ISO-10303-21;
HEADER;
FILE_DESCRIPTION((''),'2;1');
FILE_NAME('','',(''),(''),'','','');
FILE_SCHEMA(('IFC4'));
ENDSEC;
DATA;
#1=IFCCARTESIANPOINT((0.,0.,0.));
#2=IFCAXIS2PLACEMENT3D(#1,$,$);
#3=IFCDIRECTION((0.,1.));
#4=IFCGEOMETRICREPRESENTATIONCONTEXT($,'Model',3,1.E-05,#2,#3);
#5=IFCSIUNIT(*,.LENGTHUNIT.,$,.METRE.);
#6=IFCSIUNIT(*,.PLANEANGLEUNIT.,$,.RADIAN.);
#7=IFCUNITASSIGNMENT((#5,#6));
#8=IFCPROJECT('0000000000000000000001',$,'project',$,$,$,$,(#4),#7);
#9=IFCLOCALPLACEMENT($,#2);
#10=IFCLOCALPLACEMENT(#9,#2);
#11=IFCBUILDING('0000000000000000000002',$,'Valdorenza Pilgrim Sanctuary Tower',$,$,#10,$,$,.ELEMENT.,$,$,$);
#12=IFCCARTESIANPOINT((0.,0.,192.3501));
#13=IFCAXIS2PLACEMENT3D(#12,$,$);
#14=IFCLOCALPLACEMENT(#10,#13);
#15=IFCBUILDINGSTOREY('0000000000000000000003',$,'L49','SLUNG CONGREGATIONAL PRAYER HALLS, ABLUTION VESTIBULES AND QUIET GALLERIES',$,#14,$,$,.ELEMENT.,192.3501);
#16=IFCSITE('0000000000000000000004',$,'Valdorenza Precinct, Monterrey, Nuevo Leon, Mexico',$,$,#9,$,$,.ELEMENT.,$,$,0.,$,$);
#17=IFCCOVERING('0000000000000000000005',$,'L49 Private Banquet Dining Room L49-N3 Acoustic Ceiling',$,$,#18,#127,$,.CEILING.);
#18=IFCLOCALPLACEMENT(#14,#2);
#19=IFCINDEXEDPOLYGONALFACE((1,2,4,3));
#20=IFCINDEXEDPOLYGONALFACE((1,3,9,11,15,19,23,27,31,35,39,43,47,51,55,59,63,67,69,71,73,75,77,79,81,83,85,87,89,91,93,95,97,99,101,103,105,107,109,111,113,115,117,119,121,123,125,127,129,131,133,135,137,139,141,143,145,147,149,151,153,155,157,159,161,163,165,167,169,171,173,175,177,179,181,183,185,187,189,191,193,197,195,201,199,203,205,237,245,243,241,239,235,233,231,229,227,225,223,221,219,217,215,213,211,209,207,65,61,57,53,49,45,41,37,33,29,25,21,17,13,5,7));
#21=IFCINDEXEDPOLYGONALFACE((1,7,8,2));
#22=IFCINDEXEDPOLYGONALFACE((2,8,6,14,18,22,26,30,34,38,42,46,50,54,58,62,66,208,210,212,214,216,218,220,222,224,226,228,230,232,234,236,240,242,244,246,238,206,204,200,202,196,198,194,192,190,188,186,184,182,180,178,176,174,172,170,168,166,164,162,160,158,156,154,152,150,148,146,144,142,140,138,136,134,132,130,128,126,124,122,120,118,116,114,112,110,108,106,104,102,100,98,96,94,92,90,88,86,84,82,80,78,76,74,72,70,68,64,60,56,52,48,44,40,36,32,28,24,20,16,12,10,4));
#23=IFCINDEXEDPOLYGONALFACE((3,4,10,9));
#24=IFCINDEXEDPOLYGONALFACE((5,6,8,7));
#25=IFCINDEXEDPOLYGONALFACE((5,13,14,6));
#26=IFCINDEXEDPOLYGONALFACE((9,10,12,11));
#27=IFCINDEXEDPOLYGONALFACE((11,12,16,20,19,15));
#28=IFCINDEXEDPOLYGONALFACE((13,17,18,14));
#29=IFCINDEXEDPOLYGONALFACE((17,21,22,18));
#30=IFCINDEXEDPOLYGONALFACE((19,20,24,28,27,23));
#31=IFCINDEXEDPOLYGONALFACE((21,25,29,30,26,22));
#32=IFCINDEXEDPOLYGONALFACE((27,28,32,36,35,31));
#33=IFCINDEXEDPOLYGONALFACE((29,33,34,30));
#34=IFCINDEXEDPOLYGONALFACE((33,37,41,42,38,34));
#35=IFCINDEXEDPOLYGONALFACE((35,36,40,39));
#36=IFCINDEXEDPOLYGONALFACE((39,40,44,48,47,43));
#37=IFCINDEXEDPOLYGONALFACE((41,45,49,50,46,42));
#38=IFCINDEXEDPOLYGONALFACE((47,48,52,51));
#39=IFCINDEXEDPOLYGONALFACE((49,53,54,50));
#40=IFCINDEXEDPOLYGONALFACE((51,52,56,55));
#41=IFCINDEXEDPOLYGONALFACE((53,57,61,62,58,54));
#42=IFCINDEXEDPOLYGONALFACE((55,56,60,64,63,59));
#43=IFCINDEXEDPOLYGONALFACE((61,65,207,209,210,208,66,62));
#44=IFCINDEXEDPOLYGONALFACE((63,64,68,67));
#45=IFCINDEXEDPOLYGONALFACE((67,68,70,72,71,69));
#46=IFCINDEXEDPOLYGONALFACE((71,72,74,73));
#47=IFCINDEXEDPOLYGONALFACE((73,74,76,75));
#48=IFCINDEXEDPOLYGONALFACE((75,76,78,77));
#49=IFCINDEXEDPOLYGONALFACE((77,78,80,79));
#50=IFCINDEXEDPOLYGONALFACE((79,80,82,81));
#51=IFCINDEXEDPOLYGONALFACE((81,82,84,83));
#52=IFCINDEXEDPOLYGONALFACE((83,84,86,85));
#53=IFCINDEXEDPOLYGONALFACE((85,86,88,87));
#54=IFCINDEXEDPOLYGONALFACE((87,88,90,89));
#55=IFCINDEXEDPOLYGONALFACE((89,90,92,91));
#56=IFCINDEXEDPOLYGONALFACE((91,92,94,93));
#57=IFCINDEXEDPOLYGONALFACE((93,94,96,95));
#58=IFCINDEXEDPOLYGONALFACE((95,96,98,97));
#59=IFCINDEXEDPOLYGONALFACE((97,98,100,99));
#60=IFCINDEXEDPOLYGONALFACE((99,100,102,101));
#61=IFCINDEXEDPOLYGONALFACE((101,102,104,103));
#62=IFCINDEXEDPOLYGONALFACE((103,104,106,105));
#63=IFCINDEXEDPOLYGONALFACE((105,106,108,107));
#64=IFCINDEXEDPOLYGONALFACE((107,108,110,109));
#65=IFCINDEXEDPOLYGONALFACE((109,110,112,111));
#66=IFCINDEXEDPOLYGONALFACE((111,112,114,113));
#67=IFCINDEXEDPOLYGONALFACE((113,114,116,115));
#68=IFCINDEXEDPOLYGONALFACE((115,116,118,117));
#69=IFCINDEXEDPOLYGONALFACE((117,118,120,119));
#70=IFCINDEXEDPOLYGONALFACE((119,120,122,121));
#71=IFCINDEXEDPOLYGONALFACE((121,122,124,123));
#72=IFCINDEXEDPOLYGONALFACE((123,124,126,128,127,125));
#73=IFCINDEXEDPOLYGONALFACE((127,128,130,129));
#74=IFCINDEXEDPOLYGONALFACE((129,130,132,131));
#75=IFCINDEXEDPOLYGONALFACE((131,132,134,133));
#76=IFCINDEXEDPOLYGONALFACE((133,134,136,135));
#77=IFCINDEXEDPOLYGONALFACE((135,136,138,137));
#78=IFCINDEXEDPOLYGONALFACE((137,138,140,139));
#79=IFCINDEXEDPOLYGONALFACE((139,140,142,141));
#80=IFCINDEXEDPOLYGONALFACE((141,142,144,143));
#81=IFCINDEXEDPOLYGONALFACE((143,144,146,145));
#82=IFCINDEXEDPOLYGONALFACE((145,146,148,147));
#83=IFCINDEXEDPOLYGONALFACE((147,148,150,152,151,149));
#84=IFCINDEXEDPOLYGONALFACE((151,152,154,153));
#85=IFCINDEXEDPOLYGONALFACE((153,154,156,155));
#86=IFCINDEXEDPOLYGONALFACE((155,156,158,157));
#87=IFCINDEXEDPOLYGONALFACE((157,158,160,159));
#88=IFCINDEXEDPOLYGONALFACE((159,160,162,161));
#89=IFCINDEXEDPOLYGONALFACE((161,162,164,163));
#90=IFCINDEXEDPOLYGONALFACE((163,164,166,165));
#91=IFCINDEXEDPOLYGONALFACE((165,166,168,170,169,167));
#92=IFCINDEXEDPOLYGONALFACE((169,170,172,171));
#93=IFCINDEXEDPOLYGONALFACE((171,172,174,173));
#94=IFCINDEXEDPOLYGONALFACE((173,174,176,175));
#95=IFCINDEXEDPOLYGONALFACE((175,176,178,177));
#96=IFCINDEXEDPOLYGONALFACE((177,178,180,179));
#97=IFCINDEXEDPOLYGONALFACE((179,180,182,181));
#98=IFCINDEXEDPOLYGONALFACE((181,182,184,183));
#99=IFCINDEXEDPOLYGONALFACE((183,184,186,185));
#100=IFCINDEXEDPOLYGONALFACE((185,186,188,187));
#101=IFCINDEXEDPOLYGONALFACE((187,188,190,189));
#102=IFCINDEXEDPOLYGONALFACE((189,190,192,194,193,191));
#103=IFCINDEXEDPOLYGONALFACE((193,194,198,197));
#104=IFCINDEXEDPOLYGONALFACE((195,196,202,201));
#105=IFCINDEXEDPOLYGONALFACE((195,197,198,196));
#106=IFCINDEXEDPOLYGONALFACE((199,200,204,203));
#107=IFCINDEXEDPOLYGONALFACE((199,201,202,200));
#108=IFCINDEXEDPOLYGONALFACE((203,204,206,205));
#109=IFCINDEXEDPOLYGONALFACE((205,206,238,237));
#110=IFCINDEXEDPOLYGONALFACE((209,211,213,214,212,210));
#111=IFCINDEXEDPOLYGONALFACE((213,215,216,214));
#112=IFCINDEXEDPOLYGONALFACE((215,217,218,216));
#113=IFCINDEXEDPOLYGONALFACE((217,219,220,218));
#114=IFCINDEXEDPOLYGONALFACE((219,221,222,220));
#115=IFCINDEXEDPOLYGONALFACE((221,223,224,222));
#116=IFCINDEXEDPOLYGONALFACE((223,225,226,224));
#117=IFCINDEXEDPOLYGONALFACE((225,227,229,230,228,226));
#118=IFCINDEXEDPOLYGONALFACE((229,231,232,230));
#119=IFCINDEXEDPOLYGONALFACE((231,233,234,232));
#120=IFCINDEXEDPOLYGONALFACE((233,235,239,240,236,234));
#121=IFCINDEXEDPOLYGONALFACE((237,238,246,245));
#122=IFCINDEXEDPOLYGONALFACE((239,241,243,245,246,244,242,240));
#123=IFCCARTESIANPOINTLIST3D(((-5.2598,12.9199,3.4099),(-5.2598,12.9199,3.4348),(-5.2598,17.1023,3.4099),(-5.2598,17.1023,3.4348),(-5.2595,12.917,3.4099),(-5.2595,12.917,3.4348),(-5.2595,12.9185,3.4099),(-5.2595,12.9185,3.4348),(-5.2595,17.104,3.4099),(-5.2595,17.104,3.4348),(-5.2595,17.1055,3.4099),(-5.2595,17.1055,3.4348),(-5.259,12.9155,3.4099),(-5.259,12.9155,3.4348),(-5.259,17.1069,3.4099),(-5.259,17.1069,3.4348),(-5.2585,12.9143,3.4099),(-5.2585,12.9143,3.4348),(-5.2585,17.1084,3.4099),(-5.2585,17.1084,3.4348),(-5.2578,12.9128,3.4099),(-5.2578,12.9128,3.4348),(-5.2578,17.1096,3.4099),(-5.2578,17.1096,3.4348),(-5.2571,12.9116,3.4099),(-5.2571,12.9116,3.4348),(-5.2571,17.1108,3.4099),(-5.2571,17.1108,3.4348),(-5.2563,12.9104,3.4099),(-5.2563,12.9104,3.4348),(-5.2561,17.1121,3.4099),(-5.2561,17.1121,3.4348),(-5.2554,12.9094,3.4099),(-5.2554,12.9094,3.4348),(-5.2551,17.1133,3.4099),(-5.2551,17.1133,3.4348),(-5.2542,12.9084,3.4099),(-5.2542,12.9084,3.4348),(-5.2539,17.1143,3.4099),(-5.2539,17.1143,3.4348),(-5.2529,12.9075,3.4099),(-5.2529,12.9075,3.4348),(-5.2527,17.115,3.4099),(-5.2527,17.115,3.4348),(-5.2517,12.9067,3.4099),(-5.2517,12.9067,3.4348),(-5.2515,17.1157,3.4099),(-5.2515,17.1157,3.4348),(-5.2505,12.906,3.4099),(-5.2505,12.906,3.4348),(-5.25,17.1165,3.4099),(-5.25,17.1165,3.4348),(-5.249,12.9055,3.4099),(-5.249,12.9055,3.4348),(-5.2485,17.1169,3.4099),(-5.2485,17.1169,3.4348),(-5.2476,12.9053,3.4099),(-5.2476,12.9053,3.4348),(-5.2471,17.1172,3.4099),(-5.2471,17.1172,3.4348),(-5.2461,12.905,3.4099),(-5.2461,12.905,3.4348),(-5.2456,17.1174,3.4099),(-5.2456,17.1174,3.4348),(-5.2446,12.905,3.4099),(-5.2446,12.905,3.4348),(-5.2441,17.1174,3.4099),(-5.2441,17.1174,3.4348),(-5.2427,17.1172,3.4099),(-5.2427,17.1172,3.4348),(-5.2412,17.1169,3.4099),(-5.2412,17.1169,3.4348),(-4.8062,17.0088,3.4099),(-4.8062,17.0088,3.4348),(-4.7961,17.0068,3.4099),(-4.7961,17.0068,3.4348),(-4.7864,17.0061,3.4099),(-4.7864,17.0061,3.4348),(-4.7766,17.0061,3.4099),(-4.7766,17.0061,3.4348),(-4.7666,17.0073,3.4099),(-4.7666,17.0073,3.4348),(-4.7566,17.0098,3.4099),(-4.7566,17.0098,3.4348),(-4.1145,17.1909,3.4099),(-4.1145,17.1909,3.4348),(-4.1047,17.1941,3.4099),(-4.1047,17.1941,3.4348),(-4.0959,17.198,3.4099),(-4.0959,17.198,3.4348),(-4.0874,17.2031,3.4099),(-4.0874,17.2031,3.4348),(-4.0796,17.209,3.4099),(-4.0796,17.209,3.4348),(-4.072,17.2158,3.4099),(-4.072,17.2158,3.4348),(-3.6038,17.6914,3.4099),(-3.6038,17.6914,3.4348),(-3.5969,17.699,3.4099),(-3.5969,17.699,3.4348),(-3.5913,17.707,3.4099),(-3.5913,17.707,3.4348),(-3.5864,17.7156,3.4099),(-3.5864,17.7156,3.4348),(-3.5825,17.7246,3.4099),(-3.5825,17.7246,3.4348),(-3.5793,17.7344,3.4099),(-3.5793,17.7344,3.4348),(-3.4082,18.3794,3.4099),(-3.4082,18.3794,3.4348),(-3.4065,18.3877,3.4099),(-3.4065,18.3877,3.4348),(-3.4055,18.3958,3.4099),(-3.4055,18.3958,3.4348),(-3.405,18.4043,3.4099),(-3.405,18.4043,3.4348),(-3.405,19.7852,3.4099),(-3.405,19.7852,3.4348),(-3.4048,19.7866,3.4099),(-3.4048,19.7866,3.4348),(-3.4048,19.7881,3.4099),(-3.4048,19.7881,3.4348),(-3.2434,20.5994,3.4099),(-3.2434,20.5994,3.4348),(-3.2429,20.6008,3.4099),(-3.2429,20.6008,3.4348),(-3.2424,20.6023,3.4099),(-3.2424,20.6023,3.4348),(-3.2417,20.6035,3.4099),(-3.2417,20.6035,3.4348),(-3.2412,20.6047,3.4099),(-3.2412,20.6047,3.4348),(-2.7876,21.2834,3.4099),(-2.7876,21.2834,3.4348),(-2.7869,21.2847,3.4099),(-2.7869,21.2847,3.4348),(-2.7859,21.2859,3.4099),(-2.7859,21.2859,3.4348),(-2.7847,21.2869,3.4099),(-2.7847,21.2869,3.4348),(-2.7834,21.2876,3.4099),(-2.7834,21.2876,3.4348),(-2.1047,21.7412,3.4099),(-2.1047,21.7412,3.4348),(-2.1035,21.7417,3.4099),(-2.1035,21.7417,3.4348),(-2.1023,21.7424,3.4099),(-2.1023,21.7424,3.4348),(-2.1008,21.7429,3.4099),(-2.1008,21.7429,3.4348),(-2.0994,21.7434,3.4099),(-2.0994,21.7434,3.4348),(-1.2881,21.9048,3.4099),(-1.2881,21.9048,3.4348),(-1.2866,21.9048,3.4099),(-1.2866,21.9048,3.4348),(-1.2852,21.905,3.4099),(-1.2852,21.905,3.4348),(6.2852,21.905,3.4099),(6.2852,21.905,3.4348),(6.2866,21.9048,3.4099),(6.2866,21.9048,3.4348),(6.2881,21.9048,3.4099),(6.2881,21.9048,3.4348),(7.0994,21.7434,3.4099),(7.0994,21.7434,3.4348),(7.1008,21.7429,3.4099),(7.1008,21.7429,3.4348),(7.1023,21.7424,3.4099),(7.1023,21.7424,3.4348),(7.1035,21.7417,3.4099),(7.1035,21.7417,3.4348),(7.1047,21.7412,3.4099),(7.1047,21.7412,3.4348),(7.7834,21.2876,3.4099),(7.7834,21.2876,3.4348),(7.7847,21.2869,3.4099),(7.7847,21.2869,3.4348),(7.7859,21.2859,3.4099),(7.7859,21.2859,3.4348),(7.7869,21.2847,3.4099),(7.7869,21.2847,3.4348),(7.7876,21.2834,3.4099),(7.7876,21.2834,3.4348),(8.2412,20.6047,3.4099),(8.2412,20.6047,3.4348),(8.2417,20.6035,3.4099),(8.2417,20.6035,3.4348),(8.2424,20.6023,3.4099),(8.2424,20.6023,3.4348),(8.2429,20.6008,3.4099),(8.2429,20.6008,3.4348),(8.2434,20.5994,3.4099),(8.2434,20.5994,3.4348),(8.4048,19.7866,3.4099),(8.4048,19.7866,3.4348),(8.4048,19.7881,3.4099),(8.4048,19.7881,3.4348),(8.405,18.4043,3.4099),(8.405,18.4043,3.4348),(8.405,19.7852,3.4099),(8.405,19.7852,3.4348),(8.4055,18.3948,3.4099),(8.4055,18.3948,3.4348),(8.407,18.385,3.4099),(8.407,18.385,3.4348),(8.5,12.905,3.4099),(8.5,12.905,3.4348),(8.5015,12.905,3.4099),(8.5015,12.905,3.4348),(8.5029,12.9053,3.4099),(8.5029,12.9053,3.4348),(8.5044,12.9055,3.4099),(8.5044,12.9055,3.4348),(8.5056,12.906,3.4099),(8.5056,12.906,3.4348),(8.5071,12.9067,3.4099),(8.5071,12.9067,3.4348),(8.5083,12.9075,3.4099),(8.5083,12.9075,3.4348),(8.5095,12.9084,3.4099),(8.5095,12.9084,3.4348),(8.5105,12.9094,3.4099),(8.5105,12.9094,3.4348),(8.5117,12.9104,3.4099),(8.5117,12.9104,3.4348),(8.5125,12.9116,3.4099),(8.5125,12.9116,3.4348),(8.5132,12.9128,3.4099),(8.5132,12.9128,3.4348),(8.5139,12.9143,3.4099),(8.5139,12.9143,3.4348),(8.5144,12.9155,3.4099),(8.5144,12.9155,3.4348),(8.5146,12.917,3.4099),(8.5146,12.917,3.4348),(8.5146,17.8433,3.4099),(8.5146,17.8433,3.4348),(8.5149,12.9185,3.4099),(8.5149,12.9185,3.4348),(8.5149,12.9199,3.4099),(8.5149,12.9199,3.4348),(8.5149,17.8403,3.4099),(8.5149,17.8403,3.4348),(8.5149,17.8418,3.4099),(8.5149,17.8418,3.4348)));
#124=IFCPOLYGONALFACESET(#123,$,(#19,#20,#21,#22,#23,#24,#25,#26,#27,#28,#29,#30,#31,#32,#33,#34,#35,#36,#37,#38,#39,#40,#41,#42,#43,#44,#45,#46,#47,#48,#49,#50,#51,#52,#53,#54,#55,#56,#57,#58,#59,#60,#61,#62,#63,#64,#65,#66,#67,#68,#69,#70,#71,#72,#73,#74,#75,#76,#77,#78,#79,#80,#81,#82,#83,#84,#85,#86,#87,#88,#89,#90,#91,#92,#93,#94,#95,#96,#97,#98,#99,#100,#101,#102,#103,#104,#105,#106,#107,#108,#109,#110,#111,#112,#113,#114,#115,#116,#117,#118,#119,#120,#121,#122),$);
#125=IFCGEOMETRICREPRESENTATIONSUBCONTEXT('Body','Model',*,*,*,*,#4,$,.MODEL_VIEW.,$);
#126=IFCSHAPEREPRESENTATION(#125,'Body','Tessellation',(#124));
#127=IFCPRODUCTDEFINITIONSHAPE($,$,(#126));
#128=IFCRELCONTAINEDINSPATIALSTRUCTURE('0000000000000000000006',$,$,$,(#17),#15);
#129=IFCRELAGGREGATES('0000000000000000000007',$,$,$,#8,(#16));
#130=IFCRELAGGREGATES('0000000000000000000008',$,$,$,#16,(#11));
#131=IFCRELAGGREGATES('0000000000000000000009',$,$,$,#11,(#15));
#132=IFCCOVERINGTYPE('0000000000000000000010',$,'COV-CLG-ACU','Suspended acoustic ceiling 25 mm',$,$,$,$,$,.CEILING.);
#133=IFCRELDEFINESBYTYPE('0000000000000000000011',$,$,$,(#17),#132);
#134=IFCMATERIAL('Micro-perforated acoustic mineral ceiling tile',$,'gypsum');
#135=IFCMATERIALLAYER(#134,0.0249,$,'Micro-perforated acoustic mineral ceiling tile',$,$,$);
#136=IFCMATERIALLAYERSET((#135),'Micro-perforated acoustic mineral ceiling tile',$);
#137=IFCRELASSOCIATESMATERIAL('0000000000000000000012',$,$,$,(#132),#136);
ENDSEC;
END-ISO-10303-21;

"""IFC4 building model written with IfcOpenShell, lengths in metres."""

from ifc_helpers import new_model, si_unit, direction, frame, origin, place, context, subcontext, project, spatial, polyline, outline, extrude, material, layer, layer_set, type_object, element, save


model = new_model("IFC4")

# Units and contexts
model_context = context("Model", 3, precision=1e-05, world=origin(), true_north=direction((0.0, 1.0)))
body_context = subcontext(model_context, "Body", "Model", "MODEL_VIEW")
ifc_project = project(units=[si_unit("LENGTHUNIT", "METRE"), si_unit("PLANEANGLEUNIT", "RADIAN")], contexts=[model_context])

# Site, building, storey
site_placement = place(None, origin())
site = spatial("IfcSite", under=ifc_project, at=site_placement, Name="Valdorenza Precinct, Monterrey, Nuevo Leon, Mexico", CompositionType="ELEMENT", RefElevation=0.0)
building_placement = place(site_placement, origin())
building = spatial("IfcBuilding", under=site, at=building_placement, Name="Valdorenza Pilgrim Sanctuary Tower", CompositionType="ELEMENT")
storey_placement = place(building_placement, frame((0.0, 0.0, 192.3501)))
storey = spatial("IfcBuildingStorey", under=building, at=storey_placement, Name="L49", Description="SLUNG CONGREGATIONAL PRAYER HALLS, ABLUTION VESTIBULES AND QUIET GALLERIES", CompositionType="ELEMENT", Elevation=192.3501)

# Covering
ifc_material_1 = material(Name="Micro-perforated acoustic mineral ceiling tile", Category="gypsum")
ifc_layer_1 = layer(ifc_material_1, 0.0249, Name="Micro-perforated acoustic mineral ceiling tile")
ifc_layer_set_1 = layer_set([ifc_layer_1], Name="Micro-perforated acoustic mineral ceiling tile")
covering_type_1 = type_object("IfcCoveringType", Name="COV-CLG-ACU", Description="Suspended acoustic ceiling 25 mm", PredefinedType="CEILING", material=ifc_layer_set_1)
covering_1_placement = place(storey_placement, frame((0.0, 0.0, 3.4099)))
element("IfcCovering", 1, at=covering_1_placement, inside=storey, type_object=covering_type_1, Name="L49 Private Banquet Dining Room L49-N3 Acoustic Ceiling", PredefinedType="CEILING", context=body_context, shape_type="SweptSolid", body=[
    extrude(outline(polyline([(-5.2446, 12.905), (-5.2461, 12.905), (-5.2476, 12.9053), (-5.249, 12.9055), (-5.2505, 12.906), (-5.2517, 12.9067), (-5.2529, 12.9075), (-5.2542, 12.9084), (-5.2554, 12.9094), (-5.2563, 12.9104), (-5.2571, 12.9116), (-5.2578, 12.9128), (-5.2585, 12.9143), (-5.259, 12.9155), (-5.2595, 12.917), (-5.2595, 12.9185), (-5.2598, 12.9199), (-5.2598, 17.1023), (-5.2595, 17.104), (-5.2595, 17.1055), (-5.259, 17.1069), (-5.2585, 17.1084), (-5.2578, 17.1096), (-5.2571, 17.1108), (-5.2561, 17.1121), (-5.2551, 17.1133), (-5.2539, 17.1143), (-5.2527, 17.115), (-5.2515, 17.1157), (-5.25, 17.1165), (-5.2485, 17.1169), (-5.2471, 17.1172), (-5.2456, 17.1174), (-5.2441, 17.1174), (-5.2427, 17.1172), (-5.2412, 17.1169), (-4.8062, 17.0088), (-4.7961, 17.0068), (-4.7864, 17.0061), (-4.7766, 17.0061), (-4.7666, 17.0073), (-4.7566, 17.0098), (-4.1145, 17.1909), (-4.1047, 17.1941), (-4.0959, 17.198), (-4.0874, 17.2031), (-4.0796, 17.209), (-4.072, 17.2158), (-3.6038, 17.6914), (-3.5969, 17.699), (-3.5913, 17.707), (-3.5864, 17.7156), (-3.5825, 17.7246), (-3.5793, 17.7344), (-3.4082, 18.3794), (-3.4065, 18.3877), (-3.4055, 18.3958), (-3.405, 18.4043), (-3.405, 19.7852), (-3.4048, 19.7866), (-3.4048, 19.7881), (-3.2434, 20.5994), (-3.2429, 20.6008), (-3.2424, 20.6023), (-3.2417, 20.6035), (-3.2412, 20.6047), (-2.7876, 21.2834), (-2.7869, 21.2847), (-2.7859, 21.2859), (-2.7847, 21.2869), (-2.7834, 21.2876), (-2.1047, 21.7412), (-2.1035, 21.7417), (-2.1023, 21.7424), (-2.1008, 21.7429), (-2.0994, 21.7434), (-1.2881, 21.9048), (-1.2866, 21.9048), (-1.2852, 21.905), (6.2852, 21.905), (6.2866, 21.9048), (6.2881, 21.9048), (7.0994, 21.7434), (7.1008, 21.7429), (7.1023, 21.7424), (7.1035, 21.7417), (7.1047, 21.7412), (7.7834, 21.2876), (7.7847, 21.2869), (7.7859, 21.2859), (7.7869, 21.2847), (7.7876, 21.2834), (8.2412, 20.6047), (8.2417, 20.6035), (8.2424, 20.6023), (8.2429, 20.6008), (8.2434, 20.5994), (8.4048, 19.7881), (8.4048, 19.7866), (8.405, 19.7852), (8.405, 18.4043), (8.4055, 18.3948), (8.407, 18.385), (8.5146, 17.8433), (8.5149, 17.8418), (8.5149, 17.8403), (8.5149, 12.9199), (8.5149, 12.9185), (8.5146, 12.917), (8.5144, 12.9155), (8.5139, 12.9143), (8.5132, 12.9128), (8.5125, 12.9116), (8.5117, 12.9104), (8.5105, 12.9094), (8.5095, 12.9084), (8.5083, 12.9075), (8.5071, 12.9067), (8.5056, 12.906), (8.5044, 12.9055), (8.5029, 12.9053), (8.5015, 12.905), (8.5, 12.905), (-5.2446, 12.905)])), origin(), (0.0, 0.0, 1.0), 0.0249),
])

save(model, "model.ifc")
